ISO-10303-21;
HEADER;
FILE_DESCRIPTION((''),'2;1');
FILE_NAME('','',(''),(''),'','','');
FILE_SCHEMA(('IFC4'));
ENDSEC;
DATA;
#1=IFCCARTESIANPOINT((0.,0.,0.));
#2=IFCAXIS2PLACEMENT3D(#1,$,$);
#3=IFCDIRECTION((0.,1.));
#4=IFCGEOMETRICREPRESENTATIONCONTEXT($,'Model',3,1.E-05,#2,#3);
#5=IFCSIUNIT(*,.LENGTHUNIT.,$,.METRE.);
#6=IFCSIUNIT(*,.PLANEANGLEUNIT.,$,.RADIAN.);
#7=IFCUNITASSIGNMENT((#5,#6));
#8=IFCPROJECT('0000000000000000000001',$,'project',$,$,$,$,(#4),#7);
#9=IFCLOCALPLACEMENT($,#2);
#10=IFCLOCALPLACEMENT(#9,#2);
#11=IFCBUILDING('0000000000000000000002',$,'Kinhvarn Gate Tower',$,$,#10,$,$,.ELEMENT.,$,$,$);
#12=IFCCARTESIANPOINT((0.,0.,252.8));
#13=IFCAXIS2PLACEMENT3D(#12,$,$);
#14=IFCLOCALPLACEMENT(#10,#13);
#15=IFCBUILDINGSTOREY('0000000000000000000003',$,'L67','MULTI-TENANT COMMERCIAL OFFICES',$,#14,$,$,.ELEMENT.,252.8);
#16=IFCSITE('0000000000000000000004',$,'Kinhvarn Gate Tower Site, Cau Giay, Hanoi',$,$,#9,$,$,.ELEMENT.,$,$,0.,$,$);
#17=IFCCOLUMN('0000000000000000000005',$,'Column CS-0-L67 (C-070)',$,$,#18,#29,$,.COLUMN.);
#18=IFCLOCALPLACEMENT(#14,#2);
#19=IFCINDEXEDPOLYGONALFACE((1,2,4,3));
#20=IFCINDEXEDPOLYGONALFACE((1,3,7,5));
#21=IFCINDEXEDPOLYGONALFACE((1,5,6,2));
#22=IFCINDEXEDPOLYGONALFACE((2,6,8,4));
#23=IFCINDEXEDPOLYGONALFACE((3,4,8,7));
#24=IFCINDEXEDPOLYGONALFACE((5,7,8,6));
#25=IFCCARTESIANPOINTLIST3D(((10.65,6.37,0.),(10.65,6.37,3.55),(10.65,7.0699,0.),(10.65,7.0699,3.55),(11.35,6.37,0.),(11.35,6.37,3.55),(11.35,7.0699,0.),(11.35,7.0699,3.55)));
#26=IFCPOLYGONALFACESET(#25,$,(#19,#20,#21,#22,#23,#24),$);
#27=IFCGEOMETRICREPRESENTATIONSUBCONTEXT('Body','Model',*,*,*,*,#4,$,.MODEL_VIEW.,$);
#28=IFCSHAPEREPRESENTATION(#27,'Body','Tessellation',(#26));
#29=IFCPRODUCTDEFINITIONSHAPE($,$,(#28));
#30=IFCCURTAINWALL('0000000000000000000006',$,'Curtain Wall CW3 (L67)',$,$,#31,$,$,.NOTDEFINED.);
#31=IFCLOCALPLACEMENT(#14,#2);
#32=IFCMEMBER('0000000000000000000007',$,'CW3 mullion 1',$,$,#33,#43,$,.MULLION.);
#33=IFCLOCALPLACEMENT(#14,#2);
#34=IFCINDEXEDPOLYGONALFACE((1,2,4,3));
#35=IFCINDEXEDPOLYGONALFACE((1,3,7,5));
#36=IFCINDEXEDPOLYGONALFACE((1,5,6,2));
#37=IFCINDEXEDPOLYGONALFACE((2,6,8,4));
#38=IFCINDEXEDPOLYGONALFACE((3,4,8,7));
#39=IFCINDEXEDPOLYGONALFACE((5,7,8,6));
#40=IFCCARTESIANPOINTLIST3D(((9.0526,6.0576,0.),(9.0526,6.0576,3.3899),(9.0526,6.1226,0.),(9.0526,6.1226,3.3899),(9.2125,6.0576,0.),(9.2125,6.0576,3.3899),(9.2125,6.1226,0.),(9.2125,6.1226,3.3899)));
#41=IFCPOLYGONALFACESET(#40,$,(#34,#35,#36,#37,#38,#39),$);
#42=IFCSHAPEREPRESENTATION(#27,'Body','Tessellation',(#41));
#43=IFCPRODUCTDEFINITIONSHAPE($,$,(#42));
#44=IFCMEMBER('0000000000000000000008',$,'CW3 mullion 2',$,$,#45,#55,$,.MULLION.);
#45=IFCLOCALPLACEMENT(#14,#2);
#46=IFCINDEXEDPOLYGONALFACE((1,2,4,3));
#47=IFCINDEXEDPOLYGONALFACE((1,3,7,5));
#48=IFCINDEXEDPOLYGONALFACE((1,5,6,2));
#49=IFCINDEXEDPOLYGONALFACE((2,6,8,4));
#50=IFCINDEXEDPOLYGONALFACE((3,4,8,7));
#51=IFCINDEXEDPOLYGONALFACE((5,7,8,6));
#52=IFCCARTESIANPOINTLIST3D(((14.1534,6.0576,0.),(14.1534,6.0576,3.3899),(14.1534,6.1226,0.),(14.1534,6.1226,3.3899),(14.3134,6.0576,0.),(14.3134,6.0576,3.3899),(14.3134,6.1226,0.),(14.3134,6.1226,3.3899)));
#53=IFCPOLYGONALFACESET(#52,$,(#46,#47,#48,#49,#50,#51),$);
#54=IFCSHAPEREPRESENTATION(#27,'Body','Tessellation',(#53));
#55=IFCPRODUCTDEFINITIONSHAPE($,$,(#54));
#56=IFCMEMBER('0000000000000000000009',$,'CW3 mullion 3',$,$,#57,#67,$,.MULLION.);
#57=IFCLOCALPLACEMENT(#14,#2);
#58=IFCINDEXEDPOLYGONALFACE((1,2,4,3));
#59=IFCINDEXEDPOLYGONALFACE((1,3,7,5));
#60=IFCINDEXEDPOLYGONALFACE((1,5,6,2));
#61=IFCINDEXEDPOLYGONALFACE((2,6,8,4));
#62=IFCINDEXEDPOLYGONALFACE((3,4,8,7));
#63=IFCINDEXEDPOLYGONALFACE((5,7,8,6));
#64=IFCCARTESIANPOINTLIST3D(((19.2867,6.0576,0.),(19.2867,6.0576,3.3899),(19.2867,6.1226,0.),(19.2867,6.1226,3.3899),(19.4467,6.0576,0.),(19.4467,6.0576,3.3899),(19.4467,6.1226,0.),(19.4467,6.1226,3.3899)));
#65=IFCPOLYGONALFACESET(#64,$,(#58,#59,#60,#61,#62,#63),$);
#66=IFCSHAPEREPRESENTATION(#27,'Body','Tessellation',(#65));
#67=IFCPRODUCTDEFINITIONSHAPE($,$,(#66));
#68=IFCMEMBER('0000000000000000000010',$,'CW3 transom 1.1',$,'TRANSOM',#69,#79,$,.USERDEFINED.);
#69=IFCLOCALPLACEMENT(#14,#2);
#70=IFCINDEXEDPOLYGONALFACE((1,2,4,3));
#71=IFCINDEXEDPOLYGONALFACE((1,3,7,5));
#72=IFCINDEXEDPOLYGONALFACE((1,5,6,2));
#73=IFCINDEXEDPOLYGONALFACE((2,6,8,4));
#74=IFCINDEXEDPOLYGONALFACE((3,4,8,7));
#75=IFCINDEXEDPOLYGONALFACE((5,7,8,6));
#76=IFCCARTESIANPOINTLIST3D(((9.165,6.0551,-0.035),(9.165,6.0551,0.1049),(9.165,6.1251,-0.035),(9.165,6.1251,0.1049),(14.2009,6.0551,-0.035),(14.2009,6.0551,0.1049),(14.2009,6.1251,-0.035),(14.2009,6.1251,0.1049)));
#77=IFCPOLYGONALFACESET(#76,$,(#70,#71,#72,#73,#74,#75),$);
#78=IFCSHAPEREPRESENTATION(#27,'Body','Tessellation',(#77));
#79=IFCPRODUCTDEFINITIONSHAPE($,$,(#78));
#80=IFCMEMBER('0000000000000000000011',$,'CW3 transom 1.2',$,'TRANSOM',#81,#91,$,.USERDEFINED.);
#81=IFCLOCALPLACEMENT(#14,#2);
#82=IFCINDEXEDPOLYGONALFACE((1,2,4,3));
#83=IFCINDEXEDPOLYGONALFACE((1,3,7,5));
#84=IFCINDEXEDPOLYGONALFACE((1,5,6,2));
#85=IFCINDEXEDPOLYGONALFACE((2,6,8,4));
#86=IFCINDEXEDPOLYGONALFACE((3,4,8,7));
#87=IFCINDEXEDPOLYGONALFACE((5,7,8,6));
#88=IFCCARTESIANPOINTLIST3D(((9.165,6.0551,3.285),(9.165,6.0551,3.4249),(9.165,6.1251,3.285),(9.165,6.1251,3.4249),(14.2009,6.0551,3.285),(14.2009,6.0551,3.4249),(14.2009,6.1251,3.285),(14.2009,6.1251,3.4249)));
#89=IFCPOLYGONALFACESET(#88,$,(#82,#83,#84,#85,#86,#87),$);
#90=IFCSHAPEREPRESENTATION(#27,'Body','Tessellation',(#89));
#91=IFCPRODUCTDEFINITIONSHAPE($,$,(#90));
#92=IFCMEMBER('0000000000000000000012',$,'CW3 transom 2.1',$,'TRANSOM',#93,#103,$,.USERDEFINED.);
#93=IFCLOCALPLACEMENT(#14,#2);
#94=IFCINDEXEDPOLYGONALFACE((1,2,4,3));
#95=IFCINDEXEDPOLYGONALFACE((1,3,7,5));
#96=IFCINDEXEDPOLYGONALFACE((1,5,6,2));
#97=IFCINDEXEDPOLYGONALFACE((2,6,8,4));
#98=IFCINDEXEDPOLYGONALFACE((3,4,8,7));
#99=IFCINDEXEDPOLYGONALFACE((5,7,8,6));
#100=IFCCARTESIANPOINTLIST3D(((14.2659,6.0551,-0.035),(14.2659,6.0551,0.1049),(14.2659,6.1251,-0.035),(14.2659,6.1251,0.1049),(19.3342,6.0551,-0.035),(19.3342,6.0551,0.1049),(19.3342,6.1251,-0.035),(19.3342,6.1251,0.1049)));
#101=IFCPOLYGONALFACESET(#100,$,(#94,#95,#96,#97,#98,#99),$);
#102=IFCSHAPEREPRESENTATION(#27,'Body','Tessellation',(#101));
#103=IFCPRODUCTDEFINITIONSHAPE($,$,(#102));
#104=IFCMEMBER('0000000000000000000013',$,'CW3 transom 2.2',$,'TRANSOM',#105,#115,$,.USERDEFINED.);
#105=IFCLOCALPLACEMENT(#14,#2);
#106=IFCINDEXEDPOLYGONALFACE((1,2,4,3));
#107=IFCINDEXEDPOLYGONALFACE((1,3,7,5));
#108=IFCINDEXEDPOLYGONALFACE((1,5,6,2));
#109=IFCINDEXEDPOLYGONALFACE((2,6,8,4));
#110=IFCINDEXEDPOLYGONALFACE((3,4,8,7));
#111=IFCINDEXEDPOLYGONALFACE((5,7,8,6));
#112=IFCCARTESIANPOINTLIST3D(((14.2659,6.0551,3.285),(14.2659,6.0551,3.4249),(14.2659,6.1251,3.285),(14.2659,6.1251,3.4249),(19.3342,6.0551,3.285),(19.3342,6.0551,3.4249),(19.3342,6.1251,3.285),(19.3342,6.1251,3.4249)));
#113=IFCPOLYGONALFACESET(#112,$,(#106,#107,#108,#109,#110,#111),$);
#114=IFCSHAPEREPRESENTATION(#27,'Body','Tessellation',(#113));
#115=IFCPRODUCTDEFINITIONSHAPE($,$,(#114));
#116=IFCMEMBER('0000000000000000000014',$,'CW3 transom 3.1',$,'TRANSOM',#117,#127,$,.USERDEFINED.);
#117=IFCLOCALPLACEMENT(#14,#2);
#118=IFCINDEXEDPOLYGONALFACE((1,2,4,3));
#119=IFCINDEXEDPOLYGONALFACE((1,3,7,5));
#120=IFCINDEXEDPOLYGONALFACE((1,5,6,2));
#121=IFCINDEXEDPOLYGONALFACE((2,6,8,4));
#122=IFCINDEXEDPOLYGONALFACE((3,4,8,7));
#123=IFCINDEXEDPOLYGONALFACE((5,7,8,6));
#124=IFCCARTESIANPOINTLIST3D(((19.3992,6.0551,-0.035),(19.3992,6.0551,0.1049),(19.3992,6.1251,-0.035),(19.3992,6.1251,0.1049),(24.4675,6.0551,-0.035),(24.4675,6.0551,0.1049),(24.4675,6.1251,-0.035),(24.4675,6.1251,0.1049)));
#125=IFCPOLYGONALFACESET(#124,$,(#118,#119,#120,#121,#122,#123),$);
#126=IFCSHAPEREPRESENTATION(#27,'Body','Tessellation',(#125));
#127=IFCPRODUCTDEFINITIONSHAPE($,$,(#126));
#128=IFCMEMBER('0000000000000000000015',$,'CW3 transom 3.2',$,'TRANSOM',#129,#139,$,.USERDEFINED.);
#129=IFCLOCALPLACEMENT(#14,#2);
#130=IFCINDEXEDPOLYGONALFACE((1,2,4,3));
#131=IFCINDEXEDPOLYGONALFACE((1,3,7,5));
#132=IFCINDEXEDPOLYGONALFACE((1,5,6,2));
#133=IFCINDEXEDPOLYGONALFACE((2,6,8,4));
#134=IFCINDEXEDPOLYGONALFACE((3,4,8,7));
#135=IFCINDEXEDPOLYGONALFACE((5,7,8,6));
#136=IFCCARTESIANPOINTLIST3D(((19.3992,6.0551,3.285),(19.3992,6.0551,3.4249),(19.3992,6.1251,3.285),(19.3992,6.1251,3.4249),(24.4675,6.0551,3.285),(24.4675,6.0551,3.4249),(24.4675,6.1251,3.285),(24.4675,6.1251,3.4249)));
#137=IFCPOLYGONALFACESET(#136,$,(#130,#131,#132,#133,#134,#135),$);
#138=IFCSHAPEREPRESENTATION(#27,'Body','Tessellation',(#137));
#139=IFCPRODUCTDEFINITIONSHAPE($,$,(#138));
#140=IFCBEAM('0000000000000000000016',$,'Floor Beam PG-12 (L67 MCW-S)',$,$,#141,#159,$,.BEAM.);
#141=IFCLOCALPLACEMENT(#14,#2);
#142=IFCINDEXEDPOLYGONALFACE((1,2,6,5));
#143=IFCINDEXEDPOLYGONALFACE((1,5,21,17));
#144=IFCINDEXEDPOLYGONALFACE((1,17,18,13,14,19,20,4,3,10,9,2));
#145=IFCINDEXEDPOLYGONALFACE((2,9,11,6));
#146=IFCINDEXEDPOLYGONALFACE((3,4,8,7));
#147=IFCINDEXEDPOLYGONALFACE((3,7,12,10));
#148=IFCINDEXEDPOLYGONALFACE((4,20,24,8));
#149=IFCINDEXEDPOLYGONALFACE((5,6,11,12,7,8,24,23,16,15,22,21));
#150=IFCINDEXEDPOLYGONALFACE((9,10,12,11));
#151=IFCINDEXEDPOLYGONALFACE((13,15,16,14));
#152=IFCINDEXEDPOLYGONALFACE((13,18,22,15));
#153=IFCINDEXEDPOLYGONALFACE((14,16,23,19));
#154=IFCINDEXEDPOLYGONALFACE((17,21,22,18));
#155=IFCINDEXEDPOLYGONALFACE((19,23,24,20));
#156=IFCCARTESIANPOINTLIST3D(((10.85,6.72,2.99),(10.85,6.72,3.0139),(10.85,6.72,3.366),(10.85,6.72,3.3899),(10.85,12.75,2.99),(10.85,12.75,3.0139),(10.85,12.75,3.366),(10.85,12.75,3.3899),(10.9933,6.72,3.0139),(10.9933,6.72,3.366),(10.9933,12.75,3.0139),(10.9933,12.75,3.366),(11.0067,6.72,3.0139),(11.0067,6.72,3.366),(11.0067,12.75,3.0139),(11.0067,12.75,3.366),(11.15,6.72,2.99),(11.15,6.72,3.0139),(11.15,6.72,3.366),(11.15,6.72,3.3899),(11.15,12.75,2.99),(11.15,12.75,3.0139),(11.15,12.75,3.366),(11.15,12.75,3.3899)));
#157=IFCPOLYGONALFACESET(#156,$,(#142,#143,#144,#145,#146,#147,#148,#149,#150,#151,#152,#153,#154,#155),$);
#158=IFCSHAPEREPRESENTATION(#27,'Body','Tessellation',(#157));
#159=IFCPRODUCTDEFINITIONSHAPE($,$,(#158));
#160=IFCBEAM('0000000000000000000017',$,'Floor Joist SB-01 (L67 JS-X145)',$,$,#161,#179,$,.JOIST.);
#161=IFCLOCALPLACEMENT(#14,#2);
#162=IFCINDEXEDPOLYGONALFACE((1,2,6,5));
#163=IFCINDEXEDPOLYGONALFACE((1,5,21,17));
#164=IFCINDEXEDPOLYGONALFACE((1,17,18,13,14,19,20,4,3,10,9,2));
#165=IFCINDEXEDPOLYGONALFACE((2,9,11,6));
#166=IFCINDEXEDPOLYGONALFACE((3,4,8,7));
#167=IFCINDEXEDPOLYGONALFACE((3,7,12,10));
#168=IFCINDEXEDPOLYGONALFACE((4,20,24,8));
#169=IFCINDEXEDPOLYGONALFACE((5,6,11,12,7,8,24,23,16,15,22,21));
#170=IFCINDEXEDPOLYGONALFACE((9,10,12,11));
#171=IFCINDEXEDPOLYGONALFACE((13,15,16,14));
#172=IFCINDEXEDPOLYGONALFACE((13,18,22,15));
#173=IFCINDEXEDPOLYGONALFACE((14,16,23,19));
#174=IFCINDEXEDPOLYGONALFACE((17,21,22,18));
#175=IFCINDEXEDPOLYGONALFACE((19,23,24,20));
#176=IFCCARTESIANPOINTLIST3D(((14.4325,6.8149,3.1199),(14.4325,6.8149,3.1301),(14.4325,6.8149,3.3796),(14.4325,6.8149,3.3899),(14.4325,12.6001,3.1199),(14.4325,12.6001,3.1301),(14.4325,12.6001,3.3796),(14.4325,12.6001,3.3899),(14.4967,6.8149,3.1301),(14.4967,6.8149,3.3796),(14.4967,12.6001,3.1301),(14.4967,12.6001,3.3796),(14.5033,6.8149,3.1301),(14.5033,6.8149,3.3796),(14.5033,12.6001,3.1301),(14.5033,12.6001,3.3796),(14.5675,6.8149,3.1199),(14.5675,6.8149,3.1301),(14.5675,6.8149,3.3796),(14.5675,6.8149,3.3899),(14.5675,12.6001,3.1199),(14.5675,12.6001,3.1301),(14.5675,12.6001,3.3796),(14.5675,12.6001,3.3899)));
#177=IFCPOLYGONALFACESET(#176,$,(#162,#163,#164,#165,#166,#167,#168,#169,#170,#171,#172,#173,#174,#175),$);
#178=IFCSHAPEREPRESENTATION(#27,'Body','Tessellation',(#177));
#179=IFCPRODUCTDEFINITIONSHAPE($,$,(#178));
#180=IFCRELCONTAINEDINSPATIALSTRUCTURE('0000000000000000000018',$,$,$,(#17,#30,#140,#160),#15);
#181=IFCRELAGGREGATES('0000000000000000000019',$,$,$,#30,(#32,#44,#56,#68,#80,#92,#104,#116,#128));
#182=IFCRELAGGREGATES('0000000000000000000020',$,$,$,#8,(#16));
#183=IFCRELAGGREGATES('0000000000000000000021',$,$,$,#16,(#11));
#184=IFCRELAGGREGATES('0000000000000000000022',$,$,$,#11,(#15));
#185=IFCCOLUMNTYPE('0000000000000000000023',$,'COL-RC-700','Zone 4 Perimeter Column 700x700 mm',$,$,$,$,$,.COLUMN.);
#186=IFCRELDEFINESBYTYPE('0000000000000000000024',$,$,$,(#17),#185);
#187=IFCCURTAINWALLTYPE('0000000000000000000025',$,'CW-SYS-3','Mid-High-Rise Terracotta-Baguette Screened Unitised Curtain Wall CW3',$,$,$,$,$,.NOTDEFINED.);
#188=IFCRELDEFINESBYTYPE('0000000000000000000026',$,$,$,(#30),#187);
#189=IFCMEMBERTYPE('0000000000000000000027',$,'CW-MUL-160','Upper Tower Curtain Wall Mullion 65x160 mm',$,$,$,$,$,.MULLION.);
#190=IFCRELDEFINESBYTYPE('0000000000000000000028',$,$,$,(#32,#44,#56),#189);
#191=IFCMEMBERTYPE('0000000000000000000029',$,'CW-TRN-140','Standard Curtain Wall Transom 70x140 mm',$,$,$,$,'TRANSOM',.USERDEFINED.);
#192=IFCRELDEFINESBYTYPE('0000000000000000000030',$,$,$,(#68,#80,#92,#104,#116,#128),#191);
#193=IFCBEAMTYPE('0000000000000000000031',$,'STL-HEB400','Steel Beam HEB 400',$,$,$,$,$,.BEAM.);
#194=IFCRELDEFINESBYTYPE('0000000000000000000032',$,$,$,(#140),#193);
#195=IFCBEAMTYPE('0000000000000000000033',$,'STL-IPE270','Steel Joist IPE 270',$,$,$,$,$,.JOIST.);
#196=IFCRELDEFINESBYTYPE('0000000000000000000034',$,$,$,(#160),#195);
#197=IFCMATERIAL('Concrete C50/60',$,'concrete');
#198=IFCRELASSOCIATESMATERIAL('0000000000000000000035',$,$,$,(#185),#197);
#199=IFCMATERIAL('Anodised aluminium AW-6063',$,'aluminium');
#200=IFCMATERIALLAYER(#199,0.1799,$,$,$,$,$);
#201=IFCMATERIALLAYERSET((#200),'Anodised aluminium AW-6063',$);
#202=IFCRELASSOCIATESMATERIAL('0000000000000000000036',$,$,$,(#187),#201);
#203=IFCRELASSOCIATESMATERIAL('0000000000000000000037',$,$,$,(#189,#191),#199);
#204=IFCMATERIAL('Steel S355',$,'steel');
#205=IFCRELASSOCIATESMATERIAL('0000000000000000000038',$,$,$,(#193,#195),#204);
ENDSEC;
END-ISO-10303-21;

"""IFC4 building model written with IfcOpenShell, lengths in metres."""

from ifc_helpers import new_model, si_unit, direction, frame, origin, origin_2d, place, context, subcontext, project, spatial, rectangle, i_section, extrude, material, layer, layer_set, material_profile, profile_set, type_object, element, aggregate, save


model = new_model("IFC4")

# Units and contexts
model_context = context("Model", 3, precision=1e-05, world=origin(), true_north=direction((0.0, 1.0)))
body_context = subcontext(model_context, "Body", "Model", "MODEL_VIEW")
ifc_project = project(units=[si_unit("LENGTHUNIT", "METRE"), si_unit("PLANEANGLEUNIT", "RADIAN")], contexts=[model_context])

# Site, building, storey
site_placement = place(None, origin())
site = spatial("IfcSite", under=ifc_project, at=site_placement, Name="Kinhvarn Gate Tower Site, Cau Giay, Hanoi", CompositionType="ELEMENT", RefElevation=0.0)
building_placement = place(site_placement, origin())
building = spatial("IfcBuilding", under=site, at=building_placement, Name="Kinhvarn Gate Tower", CompositionType="ELEMENT")
storey_placement = place(building_placement, frame((0.0, 0.0, 252.8)))
storey = spatial("IfcBuildingStorey", under=building, at=storey_placement, Name="L67", Description="MULTI-TENANT COMMERCIAL OFFICES", CompositionType="ELEMENT", Elevation=252.8)

# Column
ifc_material_1 = material(Name="Concrete C50/60", Category="concrete")
ifc_material_profile_1 = material_profile(ifc_material_1, rectangle(XDim=0.7, YDim=0.7, at=origin_2d()), Name="RC 700x700")
ifc_profile_set_1 = profile_set([ifc_material_profile_1], Name="Concrete C50/60")
column_type = type_object("IfcColumnType", Name="COL-RC-700", Description="Zone 4 Perimeter Column 700x700 mm", PredefinedType="COLUMN", material=ifc_profile_set_1)
column_placement = place(storey_placement, frame((11.0, 6.72, 0.0), z_axis=(0.0, 0.0, 1.0), x_axis=(1.0, 0.0, 0.0)))
element("IfcColumn", 1, at=column_placement, inside=storey, type_object=column_type, Name="Column CS-0-L67 (C-070)", PredefinedType="COLUMN", context=body_context, shape_type="SweptSolid", body=[
    extrude(rectangle(XDim=0.7, YDim=0.7, at=origin_2d()), origin(), (0.0, 0.0, 1.0), 3.55),
])

# Curtain wall, members
ifc_material_2 = material(Name="Anodised aluminium AW-6063", Category="aluminium")
ifc_layer_1 = layer(ifc_material_2, 0.1799)
ifc_layer_set_1 = layer_set([ifc_layer_1], Name="Anodised aluminium AW-6063")
curtain_wall_type = type_object("IfcCurtainWallType", Name="CW-SYS-3", Description="Mid-High-Rise Terracotta-Baguette Screened Unitised Curtain Wall CW3", PredefinedType="NOTDEFINED", material=ifc_layer_set_1)
curtain_wall_placement = place(storey_placement, origin())
curtain_wall = element("IfcCurtainWall", 2, at=curtain_wall_placement, inside=storey, type_object=curtain_wall_type, Name="Curtain Wall CW3 (L67)", PredefinedType="NOTDEFINED")
ifc_material_profile_2 = material_profile(ifc_material_2, rectangle(XDim=0.0649, YDim=0.1599, at=origin_2d()), Name="ALU 65x160")
ifc_profile_set_2 = profile_set([ifc_material_profile_2], Name="Anodised aluminium AW-6063")
member_type_1 = type_object("IfcMemberType", Name="CW-MUL-160", Description="Upper Tower Curtain Wall Mullion 65x160 mm", PredefinedType="MULLION", material=ifc_profile_set_2)
member_1_placement = place(storey_placement, frame((9.1326, 6.0901, 0.0), z_axis=(0.0, 0.0, 1.0), x_axis=(0.0, 1.0, 0.0)))
member_1 = element("IfcMember", 3, at=member_1_placement, type_object=member_type_1, Name="CW3 mullion 1", PredefinedType="MULLION", context=body_context, shape_type="SweptSolid", body=[
    extrude(rectangle(XDim=0.0649, YDim=0.1599, at=origin_2d()), origin(), (0.0, 0.0, 1.0), 3.3899),
])
member_2_placement = place(storey_placement, frame((14.2334, 6.0901, 0.0), z_axis=(0.0, 0.0, 1.0), x_axis=(0.0, 1.0, 0.0)))
member_2 = element("IfcMember", 4, at=member_2_placement, type_object=member_type_1, Name="CW3 mullion 2", PredefinedType="MULLION", context=body_context, shape_type="SweptSolid", body=[
    extrude(rectangle(XDim=0.0649, YDim=0.1599, at=origin_2d()), origin(), (0.0, 0.0, 1.0), 3.3899),
])
member_3_placement = place(storey_placement, frame((19.3667, 6.0901, 0.0), z_axis=(0.0, 0.0, 1.0), x_axis=(0.0, 1.0, 0.0)))
member_3 = element("IfcMember", 5, at=member_3_placement, type_object=member_type_1, Name="CW3 mullion 3", PredefinedType="MULLION", context=body_context, shape_type="SweptSolid", body=[
    extrude(rectangle(XDim=0.0649, YDim=0.1599, at=origin_2d()), origin(), (0.0, 0.0, 1.0), 3.3899),
])
ifc_material_profile_3 = material_profile(ifc_material_2, rectangle(XDim=0.0701, YDim=0.1399, at=origin_2d()), Name="ALU 70x140")
ifc_profile_set_3 = profile_set([ifc_material_profile_3], Name="Anodised aluminium AW-6063")
member_type_2 = type_object("IfcMemberType", Name="CW-TRN-140", Description="Standard Curtain Wall Transom 70x140 mm", ElementType="TRANSOM", PredefinedType="USERDEFINED", material=ifc_profile_set_3)
member_4_placement = place(storey_placement, frame((9.165, 6.0901, 0.0349), z_axis=(1.0, 0.0, 0.0), x_axis=(0.0, 1.0, 0.0)))
member_4 = element("IfcMember", 6, at=member_4_placement, type_object=member_type_2, Name="CW3 transom 1.1", ObjectType="TRANSOM", PredefinedType="USERDEFINED", context=body_context, shape_type="SweptSolid", body=[
    extrude(rectangle(XDim=0.0701, YDim=0.1399, at=origin_2d()), origin(), (0.0, 0.0, 1.0), 5.0359),
])
member_5_placement = place(storey_placement, frame((9.165, 6.0901, 3.355), z_axis=(1.0, 0.0, 0.0), x_axis=(0.0, 1.0, 0.0)))
member_5 = element("IfcMember", 7, at=member_5_placement, type_object=member_type_2, Name="CW3 transom 1.2", ObjectType="TRANSOM", PredefinedType="USERDEFINED", context=body_context, shape_type="SweptSolid", body=[
    extrude(rectangle(XDim=0.0701, YDim=0.1399, at=origin_2d()), origin(), (0.0, 0.0, 1.0), 5.0359),
])
member_6_placement = place(storey_placement, frame((14.2659, 6.0901, 0.0349), z_axis=(1.0, 0.0, 0.0), x_axis=(0.0, 1.0, 0.0)))
member_6 = element("IfcMember", 8, at=member_6_placement, type_object=member_type_2, Name="CW3 transom 2.1", ObjectType="TRANSOM", PredefinedType="USERDEFINED", context=body_context, shape_type="SweptSolid", body=[
    extrude(rectangle(XDim=0.0701, YDim=0.1399, at=origin_2d()), origin(), (0.0, 0.0, 1.0), 5.0684),
])
member_7_placement = place(storey_placement, frame((14.2659, 6.0901, 3.355), z_axis=(1.0, 0.0, 0.0), x_axis=(0.0, 1.0, 0.0)))
member_7 = element("IfcMember", 9, at=member_7_placement, type_object=member_type_2, Name="CW3 transom 2.2", ObjectType="TRANSOM", PredefinedType="USERDEFINED", context=body_context, shape_type="SweptSolid", body=[
    extrude(rectangle(XDim=0.0701, YDim=0.1399, at=origin_2d()), origin(), (0.0, 0.0, 1.0), 5.0684),
])
member_8_placement = place(storey_placement, frame((19.3992, 6.0901, 0.0349), z_axis=(1.0, 0.0, 0.0), x_axis=(0.0, 1.0, 0.0)))
member_8 = element("IfcMember", 10, at=member_8_placement, type_object=member_type_2, Name="CW3 transom 3.1", ObjectType="TRANSOM", PredefinedType="USERDEFINED", context=body_context, shape_type="SweptSolid", body=[
    extrude(rectangle(XDim=0.0701, YDim=0.1399, at=origin_2d()), origin(), (0.0, 0.0, 1.0), 5.0684),
])
member_9_placement = place(storey_placement, frame((19.3992, 6.0901, 3.355), z_axis=(1.0, 0.0, 0.0), x_axis=(0.0, 1.0, 0.0)))
member_9 = element("IfcMember", 11, at=member_9_placement, type_object=member_type_2, Name="CW3 transom 3.2", ObjectType="TRANSOM", PredefinedType="USERDEFINED", context=body_context, shape_type="SweptSolid", body=[
    extrude(rectangle(XDim=0.0701, YDim=0.1399, at=origin_2d()), origin(), (0.0, 0.0, 1.0), 5.0684),
])

# Beams
ifc_material_3 = material(Name="Steel S355", Category="steel")
ifc_material_profile_4 = material_profile(ifc_material_3, i_section(OverallWidth=0.3, OverallDepth=0.3999, WebThickness=0.0134, FlangeThickness=0.0239, at=origin_2d()), Name="HEB 400")
ifc_profile_set_4 = profile_set([ifc_material_profile_4], Name="Steel S355")
beam_type_1 = type_object("IfcBeamType", Name="STL-HEB400", Description="Steel Beam HEB 400", PredefinedType="BEAM", material=ifc_profile_set_4)
beam_1_placement = place(storey_placement, frame((11.0, 6.72, 3.1899), z_axis=(0.0, 1.0, 0.0), x_axis=(-1.0, 0.0, 0.0)))
element("IfcBeam", 12, at=beam_1_placement, inside=storey, type_object=beam_type_1, Name="Floor Beam PG-12 (L67 MCW-S)", PredefinedType="BEAM", context=body_context, shape_type="SweptSolid", body=[
    extrude(i_section(OverallWidth=0.3, OverallDepth=0.3999, WebThickness=0.0134, FlangeThickness=0.0239, at=origin_2d()), origin(), (0.0, 0.0, 1.0), 6.03),
])
ifc_material_profile_5 = material_profile(ifc_material_3, i_section(OverallWidth=0.135, OverallDepth=0.27, WebThickness=0.0066, FlangeThickness=0.0103, at=origin_2d()), Name="IPE 270")
ifc_profile_set_5 = profile_set([ifc_material_profile_5], Name="Steel S355")
beam_type_2 = type_object("IfcBeamType", Name="STL-IPE270", Description="Steel Joist IPE 270", PredefinedType="JOIST", material=ifc_profile_set_5)
for number, where, z_axis, x_axis, name in (
    (13, (14.5, 6.8149, 3.2549), (0.0, 1.0, 0.0), (-1.0, 0.0, 0.0), "Floor Joist SB-01 (L67 JS-X145)"),
):
    element("IfcBeam", number, at=place(storey_placement, frame(where, z_axis=z_axis, x_axis=x_axis)), inside=storey, type_object=beam_type_2, Name=name, PredefinedType="JOIST", context=body_context, shape_type="SweptSolid", body=[
        extrude(i_section(OverallWidth=0.135, OverallDepth=0.27, WebThickness=0.0066, FlangeThickness=0.0103, at=origin_2d()), origin(), (0.0, 0.0, 1.0), 5.7852),
    ])

aggregate(curtain_wall, [member_1, member_2, member_3, member_4, member_5, member_6, member_7, member_8, member_9])

save(model, "model.ifc")
